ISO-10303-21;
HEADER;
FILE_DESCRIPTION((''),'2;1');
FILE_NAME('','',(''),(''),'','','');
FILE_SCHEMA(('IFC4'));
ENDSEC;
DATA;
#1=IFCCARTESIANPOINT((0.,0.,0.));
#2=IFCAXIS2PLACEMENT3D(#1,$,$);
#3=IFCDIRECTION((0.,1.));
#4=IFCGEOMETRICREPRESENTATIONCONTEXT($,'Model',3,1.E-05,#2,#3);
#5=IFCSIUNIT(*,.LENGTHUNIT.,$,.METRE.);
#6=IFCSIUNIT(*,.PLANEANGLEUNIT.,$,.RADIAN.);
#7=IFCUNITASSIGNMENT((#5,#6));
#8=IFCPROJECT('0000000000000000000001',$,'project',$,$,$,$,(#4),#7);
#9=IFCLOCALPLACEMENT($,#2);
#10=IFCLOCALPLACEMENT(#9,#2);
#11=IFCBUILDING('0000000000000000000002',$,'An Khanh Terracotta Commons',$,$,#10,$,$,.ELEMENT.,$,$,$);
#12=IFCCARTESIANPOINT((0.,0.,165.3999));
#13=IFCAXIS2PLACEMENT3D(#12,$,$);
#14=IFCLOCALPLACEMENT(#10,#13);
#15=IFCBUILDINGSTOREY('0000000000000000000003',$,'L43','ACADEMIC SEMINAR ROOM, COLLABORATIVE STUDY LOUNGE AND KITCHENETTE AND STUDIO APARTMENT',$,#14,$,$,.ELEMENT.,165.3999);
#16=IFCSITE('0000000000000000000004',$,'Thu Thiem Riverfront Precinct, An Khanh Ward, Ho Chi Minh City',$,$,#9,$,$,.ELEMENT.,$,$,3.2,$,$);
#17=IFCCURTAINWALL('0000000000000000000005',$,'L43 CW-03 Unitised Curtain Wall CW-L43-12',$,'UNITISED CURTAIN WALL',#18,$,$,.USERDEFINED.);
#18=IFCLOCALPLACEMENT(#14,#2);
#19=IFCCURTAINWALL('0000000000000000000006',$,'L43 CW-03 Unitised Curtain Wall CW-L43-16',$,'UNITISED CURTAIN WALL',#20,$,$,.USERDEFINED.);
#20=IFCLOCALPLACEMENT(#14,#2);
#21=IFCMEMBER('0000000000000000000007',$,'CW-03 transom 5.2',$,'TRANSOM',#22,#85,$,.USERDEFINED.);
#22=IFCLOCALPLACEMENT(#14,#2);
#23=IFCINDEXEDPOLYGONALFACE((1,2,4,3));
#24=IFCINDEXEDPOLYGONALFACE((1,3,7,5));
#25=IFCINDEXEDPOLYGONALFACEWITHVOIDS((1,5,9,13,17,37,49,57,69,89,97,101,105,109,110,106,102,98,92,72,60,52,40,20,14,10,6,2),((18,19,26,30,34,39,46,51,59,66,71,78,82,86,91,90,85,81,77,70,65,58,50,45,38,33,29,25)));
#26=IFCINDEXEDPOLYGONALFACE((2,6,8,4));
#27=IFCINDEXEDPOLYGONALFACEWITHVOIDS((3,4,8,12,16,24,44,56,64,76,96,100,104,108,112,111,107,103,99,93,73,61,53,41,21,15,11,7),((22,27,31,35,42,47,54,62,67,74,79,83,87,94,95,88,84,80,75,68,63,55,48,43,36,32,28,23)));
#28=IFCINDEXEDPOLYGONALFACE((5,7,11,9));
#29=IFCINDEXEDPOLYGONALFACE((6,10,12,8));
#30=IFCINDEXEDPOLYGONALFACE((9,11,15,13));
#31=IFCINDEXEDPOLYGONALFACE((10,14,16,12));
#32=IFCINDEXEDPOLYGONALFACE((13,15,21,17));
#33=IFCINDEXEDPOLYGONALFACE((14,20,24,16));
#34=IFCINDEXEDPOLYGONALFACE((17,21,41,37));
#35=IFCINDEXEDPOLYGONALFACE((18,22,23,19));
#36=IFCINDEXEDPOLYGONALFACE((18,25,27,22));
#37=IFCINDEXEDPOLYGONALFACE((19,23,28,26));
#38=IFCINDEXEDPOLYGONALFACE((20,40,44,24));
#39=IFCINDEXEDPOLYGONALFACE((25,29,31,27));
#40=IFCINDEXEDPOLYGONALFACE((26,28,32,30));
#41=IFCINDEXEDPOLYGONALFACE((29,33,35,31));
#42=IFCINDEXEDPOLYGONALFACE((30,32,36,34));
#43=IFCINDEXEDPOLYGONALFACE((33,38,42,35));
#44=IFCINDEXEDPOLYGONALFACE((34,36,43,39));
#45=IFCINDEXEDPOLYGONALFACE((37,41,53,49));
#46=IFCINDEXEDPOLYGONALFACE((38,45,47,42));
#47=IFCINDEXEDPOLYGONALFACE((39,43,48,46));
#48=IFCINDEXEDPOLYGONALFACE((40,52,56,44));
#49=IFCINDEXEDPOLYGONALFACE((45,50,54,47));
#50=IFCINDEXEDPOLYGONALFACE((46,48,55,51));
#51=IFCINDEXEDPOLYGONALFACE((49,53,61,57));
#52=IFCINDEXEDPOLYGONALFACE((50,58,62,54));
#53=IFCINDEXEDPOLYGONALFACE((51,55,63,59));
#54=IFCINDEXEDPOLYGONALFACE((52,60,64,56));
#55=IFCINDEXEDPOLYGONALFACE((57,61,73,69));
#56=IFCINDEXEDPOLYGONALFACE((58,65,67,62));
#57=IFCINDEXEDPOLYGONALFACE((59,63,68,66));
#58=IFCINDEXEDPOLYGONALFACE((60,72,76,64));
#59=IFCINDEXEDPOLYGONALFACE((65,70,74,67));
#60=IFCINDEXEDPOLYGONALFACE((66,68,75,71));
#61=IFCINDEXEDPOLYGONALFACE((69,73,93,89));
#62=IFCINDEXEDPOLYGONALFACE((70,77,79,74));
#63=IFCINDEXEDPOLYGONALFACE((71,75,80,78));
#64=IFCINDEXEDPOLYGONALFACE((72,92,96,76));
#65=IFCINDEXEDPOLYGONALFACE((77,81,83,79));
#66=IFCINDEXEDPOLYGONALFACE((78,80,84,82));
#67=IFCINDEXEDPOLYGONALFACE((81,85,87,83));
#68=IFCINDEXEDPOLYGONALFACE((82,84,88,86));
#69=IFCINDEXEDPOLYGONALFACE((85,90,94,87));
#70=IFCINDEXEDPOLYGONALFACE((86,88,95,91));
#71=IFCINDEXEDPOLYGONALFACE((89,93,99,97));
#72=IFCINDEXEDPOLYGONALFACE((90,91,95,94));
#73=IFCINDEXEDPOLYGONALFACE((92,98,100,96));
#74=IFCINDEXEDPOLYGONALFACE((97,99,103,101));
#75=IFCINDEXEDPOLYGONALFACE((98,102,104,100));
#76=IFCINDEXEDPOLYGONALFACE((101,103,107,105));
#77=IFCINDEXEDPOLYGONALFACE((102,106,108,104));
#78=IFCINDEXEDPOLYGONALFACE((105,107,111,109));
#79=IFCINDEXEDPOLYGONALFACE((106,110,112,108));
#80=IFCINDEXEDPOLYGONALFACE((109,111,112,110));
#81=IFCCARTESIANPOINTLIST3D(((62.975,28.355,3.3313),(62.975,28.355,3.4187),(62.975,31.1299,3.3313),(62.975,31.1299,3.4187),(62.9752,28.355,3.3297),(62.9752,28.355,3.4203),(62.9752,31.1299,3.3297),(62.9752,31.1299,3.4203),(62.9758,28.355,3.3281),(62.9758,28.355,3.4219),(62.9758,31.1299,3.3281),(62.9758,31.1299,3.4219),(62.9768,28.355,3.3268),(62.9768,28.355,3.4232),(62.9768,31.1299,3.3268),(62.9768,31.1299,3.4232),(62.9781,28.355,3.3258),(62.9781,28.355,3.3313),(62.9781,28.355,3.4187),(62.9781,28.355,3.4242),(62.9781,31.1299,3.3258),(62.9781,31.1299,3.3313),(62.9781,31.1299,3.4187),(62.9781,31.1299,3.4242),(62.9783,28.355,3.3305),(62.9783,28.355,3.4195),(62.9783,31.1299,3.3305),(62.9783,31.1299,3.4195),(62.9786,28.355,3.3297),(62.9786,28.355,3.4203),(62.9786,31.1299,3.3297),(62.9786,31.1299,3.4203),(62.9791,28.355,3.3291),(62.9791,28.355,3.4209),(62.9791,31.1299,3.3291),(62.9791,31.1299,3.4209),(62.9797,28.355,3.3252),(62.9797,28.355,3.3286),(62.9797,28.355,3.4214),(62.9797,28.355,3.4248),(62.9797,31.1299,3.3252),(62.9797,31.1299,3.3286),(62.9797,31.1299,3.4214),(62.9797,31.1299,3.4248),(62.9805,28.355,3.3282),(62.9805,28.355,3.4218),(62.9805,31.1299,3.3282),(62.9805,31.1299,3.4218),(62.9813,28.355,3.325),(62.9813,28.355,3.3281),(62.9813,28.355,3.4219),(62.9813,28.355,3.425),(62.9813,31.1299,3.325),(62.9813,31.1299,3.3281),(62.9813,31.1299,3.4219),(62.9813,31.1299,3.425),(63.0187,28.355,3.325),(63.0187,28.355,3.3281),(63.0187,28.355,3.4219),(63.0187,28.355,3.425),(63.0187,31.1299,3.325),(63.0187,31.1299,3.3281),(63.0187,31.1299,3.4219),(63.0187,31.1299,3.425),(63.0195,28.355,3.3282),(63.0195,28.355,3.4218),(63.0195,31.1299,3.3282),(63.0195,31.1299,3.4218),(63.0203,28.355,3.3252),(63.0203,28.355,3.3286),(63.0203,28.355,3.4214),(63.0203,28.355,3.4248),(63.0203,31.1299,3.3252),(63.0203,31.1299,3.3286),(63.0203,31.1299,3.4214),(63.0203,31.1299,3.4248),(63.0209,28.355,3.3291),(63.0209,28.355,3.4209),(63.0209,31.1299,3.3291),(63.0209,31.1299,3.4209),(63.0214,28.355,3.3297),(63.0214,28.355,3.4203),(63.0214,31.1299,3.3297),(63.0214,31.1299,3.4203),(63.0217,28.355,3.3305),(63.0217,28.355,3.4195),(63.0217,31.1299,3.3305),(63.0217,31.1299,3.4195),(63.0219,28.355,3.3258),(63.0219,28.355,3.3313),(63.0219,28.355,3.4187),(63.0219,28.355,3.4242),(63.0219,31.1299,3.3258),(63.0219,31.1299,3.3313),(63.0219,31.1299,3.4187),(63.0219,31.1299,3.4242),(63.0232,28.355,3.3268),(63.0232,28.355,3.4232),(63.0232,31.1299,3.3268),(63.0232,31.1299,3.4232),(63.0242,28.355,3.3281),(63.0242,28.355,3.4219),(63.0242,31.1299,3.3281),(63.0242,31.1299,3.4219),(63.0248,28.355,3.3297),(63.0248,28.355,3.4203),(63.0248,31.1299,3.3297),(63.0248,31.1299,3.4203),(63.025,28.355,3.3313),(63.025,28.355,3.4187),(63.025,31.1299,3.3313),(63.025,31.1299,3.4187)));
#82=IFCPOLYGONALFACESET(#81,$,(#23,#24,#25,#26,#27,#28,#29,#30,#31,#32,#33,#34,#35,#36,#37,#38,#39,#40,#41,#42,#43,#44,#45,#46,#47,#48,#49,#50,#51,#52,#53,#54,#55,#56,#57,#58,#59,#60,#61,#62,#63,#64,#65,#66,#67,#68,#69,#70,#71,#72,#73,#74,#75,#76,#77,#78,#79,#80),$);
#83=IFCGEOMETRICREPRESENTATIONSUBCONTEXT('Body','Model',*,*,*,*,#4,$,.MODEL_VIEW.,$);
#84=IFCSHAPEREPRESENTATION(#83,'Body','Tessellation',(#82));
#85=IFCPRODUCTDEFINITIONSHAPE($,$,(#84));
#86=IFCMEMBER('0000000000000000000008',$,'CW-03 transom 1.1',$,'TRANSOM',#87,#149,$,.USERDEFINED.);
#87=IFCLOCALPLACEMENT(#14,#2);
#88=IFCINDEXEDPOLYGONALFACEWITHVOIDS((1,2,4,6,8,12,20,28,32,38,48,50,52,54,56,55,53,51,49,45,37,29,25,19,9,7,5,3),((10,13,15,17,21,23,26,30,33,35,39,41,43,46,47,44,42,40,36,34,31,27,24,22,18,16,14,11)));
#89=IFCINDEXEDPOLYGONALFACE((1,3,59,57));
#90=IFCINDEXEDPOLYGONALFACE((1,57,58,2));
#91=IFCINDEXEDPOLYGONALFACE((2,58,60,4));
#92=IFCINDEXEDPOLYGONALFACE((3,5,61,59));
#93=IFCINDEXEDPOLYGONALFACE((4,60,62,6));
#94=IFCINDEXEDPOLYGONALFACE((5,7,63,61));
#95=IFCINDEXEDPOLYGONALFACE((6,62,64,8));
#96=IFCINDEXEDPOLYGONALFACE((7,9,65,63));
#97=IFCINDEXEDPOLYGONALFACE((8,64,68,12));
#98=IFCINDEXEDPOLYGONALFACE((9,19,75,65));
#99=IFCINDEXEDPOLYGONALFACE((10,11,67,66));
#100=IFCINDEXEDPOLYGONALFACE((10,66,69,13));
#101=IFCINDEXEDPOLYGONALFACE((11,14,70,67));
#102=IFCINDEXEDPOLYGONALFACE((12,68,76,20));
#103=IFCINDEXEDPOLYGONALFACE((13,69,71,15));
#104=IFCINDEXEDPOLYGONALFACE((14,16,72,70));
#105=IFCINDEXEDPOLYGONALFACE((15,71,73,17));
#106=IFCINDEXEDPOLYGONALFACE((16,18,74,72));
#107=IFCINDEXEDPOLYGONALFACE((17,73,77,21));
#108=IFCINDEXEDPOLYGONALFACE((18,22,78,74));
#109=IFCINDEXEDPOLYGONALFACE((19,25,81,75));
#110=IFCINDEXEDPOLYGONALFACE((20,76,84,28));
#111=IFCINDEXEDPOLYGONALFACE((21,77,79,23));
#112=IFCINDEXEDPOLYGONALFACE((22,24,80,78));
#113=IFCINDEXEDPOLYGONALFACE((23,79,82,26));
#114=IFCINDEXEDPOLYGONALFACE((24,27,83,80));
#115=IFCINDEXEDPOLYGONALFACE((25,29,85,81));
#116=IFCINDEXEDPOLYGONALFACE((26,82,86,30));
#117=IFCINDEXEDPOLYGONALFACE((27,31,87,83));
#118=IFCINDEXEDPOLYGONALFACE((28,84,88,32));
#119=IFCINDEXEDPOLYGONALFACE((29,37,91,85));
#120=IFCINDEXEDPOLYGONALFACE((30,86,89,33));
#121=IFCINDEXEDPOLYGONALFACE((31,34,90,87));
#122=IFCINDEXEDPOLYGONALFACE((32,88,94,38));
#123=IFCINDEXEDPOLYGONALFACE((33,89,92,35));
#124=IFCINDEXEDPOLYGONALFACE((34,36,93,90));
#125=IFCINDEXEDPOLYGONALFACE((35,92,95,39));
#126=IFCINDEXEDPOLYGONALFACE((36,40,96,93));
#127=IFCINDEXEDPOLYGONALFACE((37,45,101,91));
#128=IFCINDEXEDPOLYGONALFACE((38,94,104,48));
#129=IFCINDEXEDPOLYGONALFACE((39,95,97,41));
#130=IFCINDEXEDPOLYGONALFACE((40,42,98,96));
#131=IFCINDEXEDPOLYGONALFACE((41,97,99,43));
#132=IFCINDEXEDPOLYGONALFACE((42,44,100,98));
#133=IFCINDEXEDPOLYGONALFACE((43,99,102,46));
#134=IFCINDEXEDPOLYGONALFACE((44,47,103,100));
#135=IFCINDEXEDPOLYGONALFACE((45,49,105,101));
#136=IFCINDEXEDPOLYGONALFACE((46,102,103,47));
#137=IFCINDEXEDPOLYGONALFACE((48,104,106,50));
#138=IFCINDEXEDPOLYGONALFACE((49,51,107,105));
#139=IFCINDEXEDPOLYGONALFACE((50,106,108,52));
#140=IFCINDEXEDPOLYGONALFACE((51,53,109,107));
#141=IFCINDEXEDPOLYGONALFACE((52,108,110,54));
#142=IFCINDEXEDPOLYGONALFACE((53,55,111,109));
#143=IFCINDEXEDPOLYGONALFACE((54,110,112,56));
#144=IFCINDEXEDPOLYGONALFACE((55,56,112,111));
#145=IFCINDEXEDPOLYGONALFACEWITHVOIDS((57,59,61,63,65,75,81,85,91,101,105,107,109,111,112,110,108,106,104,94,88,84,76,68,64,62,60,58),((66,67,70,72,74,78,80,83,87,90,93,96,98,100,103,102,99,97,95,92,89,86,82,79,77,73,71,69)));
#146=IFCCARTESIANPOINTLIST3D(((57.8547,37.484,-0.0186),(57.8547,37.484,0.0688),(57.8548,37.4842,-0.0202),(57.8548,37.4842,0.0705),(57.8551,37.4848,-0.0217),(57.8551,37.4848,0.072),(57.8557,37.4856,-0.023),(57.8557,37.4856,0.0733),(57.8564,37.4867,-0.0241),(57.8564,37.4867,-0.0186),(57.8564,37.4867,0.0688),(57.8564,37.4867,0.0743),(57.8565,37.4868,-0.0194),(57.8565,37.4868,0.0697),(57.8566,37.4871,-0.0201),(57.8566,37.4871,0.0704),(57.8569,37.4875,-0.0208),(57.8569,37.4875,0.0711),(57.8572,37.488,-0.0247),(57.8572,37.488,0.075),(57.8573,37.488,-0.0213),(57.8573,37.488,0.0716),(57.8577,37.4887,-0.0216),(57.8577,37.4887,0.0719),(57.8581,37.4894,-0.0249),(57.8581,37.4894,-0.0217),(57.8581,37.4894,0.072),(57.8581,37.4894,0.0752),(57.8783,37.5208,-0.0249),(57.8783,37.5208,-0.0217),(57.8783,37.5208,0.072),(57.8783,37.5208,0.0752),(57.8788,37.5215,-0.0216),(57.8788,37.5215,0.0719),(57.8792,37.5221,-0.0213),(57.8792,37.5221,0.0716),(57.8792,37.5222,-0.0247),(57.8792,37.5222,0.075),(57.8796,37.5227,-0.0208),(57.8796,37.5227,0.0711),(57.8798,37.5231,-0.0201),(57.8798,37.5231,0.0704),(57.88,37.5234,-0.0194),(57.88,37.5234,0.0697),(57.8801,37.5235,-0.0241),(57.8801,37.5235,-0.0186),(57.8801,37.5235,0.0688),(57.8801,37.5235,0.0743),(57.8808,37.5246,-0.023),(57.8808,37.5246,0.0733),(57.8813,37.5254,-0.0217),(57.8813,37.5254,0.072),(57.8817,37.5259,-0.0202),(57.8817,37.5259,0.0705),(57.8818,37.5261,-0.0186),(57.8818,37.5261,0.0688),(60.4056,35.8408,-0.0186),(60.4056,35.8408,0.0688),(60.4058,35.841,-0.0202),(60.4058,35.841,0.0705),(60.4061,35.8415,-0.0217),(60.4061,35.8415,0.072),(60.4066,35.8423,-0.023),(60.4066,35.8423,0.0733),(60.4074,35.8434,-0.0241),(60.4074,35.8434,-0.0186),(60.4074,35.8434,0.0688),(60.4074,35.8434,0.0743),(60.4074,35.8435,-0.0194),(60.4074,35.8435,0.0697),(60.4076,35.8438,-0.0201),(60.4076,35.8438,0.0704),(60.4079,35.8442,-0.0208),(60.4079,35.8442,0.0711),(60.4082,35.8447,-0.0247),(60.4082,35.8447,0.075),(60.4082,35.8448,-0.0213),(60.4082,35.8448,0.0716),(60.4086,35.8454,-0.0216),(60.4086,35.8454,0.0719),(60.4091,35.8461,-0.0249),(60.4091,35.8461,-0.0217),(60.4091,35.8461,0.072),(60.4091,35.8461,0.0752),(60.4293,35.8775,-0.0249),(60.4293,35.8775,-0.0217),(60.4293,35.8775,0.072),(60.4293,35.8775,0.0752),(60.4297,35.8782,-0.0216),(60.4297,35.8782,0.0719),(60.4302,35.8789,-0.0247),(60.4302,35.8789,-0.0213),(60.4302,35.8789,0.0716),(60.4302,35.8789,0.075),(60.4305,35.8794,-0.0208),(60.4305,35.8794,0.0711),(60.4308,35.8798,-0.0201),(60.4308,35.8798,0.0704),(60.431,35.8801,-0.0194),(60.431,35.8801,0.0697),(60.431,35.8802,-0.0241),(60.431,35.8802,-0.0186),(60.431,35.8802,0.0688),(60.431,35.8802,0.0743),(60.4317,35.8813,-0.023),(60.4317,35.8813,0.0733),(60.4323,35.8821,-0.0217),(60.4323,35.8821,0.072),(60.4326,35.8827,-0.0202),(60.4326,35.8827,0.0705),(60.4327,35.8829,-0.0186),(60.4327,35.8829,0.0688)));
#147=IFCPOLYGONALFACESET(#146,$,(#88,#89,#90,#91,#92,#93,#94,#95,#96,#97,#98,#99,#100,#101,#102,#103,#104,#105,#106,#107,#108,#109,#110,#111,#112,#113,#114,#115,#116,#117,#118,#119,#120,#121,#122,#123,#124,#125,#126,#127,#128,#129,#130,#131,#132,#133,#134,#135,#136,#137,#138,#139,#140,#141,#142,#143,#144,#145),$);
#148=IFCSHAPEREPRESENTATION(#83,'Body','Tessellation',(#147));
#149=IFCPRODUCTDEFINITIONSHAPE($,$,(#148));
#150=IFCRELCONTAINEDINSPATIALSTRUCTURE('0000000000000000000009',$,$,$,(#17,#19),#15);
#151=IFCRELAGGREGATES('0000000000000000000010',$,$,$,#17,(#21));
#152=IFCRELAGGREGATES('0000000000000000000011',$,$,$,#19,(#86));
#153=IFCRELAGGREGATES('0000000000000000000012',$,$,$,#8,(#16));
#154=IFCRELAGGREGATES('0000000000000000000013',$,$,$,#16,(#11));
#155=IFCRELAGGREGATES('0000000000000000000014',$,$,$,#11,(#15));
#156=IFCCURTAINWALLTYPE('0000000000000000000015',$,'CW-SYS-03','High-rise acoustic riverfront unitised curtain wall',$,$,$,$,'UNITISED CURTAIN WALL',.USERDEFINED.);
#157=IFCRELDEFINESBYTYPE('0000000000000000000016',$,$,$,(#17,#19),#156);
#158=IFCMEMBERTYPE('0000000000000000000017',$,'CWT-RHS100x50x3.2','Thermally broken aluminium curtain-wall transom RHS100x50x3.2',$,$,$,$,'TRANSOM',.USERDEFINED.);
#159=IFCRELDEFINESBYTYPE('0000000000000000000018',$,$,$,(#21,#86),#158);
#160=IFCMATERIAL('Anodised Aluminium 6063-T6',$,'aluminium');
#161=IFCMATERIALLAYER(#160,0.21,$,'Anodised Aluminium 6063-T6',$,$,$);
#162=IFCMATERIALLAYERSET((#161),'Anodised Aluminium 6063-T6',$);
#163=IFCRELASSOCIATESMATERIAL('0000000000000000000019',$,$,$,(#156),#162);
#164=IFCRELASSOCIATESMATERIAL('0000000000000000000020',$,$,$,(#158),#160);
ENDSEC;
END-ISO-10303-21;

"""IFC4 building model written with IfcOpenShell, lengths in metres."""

from ifc_helpers import new_model, si_unit, direction, frame, origin, origin_2d, place, context, subcontext, project, spatial, hollow_rectangle, extrude, material, layer, layer_set, material_profile, profile_set, type_object, element, aggregate, save


model = new_model("IFC4")

# Units and contexts
model_context = context("Model", 3, precision=1e-05, world=origin(), true_north=direction((0.0, 1.0)))
body_context = subcontext(model_context, "Body", "Model", "MODEL_VIEW")
ifc_project = project(units=[si_unit("LENGTHUNIT", "METRE"), si_unit("PLANEANGLEUNIT", "RADIAN")], contexts=[model_context])

# Site, building, storey
site_placement = place(None, origin())
site = spatial("IfcSite", under=ifc_project, at=site_placement, Name="Thu Thiem Riverfront Precinct, An Khanh Ward, Ho Chi Minh City", CompositionType="ELEMENT", RefElevation=3.2)
building_placement = place(site_placement, origin())
building = spatial("IfcBuilding", under=site, at=building_placement, Name="An Khanh Terracotta Commons", CompositionType="ELEMENT")
storey_placement = place(building_placement, frame((0.0, 0.0, 165.3999)))
storey = spatial("IfcBuildingStorey", under=building, at=storey_placement, Name="L43", Description="ACADEMIC SEMINAR ROOM, COLLABORATIVE STUDY LOUNGE AND KITCHENETTE AND STUDIO APARTMENT", CompositionType="ELEMENT", Elevation=165.3999)

# Curtain walls
ifc_material_1 = material(Name="Anodised Aluminium 6063-T6", Category="aluminium")
ifc_layer_1 = layer(ifc_material_1, 0.21, Name="Anodised Aluminium 6063-T6")
ifc_layer_set_1 = layer_set([ifc_layer_1], Name="Anodised Aluminium 6063-T6")
curtain_wall_type = type_object("IfcCurtainWallType", Name="CW-SYS-03", Description="High-rise acoustic riverfront unitised curtain wall", ElementType="UNITISED CURTAIN WALL", PredefinedType="USERDEFINED", material=ifc_layer_set_1)
curtain_wall_1_placement = place(storey_placement, origin())
curtain_wall_1 = element("IfcCurtainWall", 1, at=curtain_wall_1_placement, inside=storey, type_object=curtain_wall_type, Name="L43 CW-03 Unitised Curtain Wall CW-L43-12", ObjectType="UNITISED CURTAIN WALL", PredefinedType="USERDEFINED")
curtain_wall_2_placement = place(storey_placement, origin())
curtain_wall_2 = element("IfcCurtainWall", 2, at=curtain_wall_2_placement, inside=storey, type_object=curtain_wall_type, Name="L43 CW-03 Unitised Curtain Wall CW-L43-16", ObjectType="UNITISED CURTAIN WALL", PredefinedType="USERDEFINED")

# Members
ifc_material_profile_1 = material_profile(ifc_material_1, hollow_rectangle(XDim=0.05, YDim=0.1001, WallThickness=0.0032, InnerFilletRadius=0.0032, OuterFilletRadius=0.0063, at=origin_2d()), Name="RHS100x50x3.2")
ifc_profile_set_1 = profile_set([ifc_material_profile_1], Name="Anodised Aluminium 6063-T6")
member_type_1 = type_object("IfcMemberType", Name="CWT-RHS100x50x3.2", Description="Thermally broken aluminium curtain-wall transom RHS100x50x3.2", ElementType="TRANSOM", PredefinedType="USERDEFINED", material=ifc_profile_set_1)
member_1_placement = place(storey_placement, frame((63.0, 28.355, 3.375), z_axis=(0.0, 1.0, 0.0), x_axis=(-1.0, 0.0, 0.0)))
member_1 = element("IfcMember", 3, at=member_1_placement, type_object=member_type_1, Name="CW-03 transom 5.2", ObjectType="TRANSOM", PredefinedType="USERDEFINED", context=body_context, shape_type="SweptSolid", body=[
    extrude(hollow_rectangle(XDim=0.05, YDim=0.1001, WallThickness=0.0032, InnerFilletRadius=0.0032, OuterFilletRadius=0.0063, at=origin_2d()), origin(), (0.0, 0.0, 1.0), 2.7749),
])
member_2_placement = place(storey_placement, frame((60.4192, 35.8618, 0.0251), z_axis=(-0.840674, 0.541542, 0.0), x_axis=(-0.541542, -0.840674, 0.0)))
member_2 = element("IfcMember", 4, at=member_2_placement, type_object=member_type_1, Name="CW-03 transom 1.1", ObjectType="TRANSOM", PredefinedType="USERDEFINED", context=body_context, shape_type="SweptSolid", body=[
    extrude(hollow_rectangle(XDim=0.05, YDim=0.1001, WallThickness=0.0032, InnerFilletRadius=0.0032, OuterFilletRadius=0.0063, at=origin_2d()), origin(), (0.0, 0.0, 1.0), 3.0344),
])

aggregate(curtain_wall_1, [member_1])
aggregate(curtain_wall_2, [member_2])

save(model, "model.ifc")
